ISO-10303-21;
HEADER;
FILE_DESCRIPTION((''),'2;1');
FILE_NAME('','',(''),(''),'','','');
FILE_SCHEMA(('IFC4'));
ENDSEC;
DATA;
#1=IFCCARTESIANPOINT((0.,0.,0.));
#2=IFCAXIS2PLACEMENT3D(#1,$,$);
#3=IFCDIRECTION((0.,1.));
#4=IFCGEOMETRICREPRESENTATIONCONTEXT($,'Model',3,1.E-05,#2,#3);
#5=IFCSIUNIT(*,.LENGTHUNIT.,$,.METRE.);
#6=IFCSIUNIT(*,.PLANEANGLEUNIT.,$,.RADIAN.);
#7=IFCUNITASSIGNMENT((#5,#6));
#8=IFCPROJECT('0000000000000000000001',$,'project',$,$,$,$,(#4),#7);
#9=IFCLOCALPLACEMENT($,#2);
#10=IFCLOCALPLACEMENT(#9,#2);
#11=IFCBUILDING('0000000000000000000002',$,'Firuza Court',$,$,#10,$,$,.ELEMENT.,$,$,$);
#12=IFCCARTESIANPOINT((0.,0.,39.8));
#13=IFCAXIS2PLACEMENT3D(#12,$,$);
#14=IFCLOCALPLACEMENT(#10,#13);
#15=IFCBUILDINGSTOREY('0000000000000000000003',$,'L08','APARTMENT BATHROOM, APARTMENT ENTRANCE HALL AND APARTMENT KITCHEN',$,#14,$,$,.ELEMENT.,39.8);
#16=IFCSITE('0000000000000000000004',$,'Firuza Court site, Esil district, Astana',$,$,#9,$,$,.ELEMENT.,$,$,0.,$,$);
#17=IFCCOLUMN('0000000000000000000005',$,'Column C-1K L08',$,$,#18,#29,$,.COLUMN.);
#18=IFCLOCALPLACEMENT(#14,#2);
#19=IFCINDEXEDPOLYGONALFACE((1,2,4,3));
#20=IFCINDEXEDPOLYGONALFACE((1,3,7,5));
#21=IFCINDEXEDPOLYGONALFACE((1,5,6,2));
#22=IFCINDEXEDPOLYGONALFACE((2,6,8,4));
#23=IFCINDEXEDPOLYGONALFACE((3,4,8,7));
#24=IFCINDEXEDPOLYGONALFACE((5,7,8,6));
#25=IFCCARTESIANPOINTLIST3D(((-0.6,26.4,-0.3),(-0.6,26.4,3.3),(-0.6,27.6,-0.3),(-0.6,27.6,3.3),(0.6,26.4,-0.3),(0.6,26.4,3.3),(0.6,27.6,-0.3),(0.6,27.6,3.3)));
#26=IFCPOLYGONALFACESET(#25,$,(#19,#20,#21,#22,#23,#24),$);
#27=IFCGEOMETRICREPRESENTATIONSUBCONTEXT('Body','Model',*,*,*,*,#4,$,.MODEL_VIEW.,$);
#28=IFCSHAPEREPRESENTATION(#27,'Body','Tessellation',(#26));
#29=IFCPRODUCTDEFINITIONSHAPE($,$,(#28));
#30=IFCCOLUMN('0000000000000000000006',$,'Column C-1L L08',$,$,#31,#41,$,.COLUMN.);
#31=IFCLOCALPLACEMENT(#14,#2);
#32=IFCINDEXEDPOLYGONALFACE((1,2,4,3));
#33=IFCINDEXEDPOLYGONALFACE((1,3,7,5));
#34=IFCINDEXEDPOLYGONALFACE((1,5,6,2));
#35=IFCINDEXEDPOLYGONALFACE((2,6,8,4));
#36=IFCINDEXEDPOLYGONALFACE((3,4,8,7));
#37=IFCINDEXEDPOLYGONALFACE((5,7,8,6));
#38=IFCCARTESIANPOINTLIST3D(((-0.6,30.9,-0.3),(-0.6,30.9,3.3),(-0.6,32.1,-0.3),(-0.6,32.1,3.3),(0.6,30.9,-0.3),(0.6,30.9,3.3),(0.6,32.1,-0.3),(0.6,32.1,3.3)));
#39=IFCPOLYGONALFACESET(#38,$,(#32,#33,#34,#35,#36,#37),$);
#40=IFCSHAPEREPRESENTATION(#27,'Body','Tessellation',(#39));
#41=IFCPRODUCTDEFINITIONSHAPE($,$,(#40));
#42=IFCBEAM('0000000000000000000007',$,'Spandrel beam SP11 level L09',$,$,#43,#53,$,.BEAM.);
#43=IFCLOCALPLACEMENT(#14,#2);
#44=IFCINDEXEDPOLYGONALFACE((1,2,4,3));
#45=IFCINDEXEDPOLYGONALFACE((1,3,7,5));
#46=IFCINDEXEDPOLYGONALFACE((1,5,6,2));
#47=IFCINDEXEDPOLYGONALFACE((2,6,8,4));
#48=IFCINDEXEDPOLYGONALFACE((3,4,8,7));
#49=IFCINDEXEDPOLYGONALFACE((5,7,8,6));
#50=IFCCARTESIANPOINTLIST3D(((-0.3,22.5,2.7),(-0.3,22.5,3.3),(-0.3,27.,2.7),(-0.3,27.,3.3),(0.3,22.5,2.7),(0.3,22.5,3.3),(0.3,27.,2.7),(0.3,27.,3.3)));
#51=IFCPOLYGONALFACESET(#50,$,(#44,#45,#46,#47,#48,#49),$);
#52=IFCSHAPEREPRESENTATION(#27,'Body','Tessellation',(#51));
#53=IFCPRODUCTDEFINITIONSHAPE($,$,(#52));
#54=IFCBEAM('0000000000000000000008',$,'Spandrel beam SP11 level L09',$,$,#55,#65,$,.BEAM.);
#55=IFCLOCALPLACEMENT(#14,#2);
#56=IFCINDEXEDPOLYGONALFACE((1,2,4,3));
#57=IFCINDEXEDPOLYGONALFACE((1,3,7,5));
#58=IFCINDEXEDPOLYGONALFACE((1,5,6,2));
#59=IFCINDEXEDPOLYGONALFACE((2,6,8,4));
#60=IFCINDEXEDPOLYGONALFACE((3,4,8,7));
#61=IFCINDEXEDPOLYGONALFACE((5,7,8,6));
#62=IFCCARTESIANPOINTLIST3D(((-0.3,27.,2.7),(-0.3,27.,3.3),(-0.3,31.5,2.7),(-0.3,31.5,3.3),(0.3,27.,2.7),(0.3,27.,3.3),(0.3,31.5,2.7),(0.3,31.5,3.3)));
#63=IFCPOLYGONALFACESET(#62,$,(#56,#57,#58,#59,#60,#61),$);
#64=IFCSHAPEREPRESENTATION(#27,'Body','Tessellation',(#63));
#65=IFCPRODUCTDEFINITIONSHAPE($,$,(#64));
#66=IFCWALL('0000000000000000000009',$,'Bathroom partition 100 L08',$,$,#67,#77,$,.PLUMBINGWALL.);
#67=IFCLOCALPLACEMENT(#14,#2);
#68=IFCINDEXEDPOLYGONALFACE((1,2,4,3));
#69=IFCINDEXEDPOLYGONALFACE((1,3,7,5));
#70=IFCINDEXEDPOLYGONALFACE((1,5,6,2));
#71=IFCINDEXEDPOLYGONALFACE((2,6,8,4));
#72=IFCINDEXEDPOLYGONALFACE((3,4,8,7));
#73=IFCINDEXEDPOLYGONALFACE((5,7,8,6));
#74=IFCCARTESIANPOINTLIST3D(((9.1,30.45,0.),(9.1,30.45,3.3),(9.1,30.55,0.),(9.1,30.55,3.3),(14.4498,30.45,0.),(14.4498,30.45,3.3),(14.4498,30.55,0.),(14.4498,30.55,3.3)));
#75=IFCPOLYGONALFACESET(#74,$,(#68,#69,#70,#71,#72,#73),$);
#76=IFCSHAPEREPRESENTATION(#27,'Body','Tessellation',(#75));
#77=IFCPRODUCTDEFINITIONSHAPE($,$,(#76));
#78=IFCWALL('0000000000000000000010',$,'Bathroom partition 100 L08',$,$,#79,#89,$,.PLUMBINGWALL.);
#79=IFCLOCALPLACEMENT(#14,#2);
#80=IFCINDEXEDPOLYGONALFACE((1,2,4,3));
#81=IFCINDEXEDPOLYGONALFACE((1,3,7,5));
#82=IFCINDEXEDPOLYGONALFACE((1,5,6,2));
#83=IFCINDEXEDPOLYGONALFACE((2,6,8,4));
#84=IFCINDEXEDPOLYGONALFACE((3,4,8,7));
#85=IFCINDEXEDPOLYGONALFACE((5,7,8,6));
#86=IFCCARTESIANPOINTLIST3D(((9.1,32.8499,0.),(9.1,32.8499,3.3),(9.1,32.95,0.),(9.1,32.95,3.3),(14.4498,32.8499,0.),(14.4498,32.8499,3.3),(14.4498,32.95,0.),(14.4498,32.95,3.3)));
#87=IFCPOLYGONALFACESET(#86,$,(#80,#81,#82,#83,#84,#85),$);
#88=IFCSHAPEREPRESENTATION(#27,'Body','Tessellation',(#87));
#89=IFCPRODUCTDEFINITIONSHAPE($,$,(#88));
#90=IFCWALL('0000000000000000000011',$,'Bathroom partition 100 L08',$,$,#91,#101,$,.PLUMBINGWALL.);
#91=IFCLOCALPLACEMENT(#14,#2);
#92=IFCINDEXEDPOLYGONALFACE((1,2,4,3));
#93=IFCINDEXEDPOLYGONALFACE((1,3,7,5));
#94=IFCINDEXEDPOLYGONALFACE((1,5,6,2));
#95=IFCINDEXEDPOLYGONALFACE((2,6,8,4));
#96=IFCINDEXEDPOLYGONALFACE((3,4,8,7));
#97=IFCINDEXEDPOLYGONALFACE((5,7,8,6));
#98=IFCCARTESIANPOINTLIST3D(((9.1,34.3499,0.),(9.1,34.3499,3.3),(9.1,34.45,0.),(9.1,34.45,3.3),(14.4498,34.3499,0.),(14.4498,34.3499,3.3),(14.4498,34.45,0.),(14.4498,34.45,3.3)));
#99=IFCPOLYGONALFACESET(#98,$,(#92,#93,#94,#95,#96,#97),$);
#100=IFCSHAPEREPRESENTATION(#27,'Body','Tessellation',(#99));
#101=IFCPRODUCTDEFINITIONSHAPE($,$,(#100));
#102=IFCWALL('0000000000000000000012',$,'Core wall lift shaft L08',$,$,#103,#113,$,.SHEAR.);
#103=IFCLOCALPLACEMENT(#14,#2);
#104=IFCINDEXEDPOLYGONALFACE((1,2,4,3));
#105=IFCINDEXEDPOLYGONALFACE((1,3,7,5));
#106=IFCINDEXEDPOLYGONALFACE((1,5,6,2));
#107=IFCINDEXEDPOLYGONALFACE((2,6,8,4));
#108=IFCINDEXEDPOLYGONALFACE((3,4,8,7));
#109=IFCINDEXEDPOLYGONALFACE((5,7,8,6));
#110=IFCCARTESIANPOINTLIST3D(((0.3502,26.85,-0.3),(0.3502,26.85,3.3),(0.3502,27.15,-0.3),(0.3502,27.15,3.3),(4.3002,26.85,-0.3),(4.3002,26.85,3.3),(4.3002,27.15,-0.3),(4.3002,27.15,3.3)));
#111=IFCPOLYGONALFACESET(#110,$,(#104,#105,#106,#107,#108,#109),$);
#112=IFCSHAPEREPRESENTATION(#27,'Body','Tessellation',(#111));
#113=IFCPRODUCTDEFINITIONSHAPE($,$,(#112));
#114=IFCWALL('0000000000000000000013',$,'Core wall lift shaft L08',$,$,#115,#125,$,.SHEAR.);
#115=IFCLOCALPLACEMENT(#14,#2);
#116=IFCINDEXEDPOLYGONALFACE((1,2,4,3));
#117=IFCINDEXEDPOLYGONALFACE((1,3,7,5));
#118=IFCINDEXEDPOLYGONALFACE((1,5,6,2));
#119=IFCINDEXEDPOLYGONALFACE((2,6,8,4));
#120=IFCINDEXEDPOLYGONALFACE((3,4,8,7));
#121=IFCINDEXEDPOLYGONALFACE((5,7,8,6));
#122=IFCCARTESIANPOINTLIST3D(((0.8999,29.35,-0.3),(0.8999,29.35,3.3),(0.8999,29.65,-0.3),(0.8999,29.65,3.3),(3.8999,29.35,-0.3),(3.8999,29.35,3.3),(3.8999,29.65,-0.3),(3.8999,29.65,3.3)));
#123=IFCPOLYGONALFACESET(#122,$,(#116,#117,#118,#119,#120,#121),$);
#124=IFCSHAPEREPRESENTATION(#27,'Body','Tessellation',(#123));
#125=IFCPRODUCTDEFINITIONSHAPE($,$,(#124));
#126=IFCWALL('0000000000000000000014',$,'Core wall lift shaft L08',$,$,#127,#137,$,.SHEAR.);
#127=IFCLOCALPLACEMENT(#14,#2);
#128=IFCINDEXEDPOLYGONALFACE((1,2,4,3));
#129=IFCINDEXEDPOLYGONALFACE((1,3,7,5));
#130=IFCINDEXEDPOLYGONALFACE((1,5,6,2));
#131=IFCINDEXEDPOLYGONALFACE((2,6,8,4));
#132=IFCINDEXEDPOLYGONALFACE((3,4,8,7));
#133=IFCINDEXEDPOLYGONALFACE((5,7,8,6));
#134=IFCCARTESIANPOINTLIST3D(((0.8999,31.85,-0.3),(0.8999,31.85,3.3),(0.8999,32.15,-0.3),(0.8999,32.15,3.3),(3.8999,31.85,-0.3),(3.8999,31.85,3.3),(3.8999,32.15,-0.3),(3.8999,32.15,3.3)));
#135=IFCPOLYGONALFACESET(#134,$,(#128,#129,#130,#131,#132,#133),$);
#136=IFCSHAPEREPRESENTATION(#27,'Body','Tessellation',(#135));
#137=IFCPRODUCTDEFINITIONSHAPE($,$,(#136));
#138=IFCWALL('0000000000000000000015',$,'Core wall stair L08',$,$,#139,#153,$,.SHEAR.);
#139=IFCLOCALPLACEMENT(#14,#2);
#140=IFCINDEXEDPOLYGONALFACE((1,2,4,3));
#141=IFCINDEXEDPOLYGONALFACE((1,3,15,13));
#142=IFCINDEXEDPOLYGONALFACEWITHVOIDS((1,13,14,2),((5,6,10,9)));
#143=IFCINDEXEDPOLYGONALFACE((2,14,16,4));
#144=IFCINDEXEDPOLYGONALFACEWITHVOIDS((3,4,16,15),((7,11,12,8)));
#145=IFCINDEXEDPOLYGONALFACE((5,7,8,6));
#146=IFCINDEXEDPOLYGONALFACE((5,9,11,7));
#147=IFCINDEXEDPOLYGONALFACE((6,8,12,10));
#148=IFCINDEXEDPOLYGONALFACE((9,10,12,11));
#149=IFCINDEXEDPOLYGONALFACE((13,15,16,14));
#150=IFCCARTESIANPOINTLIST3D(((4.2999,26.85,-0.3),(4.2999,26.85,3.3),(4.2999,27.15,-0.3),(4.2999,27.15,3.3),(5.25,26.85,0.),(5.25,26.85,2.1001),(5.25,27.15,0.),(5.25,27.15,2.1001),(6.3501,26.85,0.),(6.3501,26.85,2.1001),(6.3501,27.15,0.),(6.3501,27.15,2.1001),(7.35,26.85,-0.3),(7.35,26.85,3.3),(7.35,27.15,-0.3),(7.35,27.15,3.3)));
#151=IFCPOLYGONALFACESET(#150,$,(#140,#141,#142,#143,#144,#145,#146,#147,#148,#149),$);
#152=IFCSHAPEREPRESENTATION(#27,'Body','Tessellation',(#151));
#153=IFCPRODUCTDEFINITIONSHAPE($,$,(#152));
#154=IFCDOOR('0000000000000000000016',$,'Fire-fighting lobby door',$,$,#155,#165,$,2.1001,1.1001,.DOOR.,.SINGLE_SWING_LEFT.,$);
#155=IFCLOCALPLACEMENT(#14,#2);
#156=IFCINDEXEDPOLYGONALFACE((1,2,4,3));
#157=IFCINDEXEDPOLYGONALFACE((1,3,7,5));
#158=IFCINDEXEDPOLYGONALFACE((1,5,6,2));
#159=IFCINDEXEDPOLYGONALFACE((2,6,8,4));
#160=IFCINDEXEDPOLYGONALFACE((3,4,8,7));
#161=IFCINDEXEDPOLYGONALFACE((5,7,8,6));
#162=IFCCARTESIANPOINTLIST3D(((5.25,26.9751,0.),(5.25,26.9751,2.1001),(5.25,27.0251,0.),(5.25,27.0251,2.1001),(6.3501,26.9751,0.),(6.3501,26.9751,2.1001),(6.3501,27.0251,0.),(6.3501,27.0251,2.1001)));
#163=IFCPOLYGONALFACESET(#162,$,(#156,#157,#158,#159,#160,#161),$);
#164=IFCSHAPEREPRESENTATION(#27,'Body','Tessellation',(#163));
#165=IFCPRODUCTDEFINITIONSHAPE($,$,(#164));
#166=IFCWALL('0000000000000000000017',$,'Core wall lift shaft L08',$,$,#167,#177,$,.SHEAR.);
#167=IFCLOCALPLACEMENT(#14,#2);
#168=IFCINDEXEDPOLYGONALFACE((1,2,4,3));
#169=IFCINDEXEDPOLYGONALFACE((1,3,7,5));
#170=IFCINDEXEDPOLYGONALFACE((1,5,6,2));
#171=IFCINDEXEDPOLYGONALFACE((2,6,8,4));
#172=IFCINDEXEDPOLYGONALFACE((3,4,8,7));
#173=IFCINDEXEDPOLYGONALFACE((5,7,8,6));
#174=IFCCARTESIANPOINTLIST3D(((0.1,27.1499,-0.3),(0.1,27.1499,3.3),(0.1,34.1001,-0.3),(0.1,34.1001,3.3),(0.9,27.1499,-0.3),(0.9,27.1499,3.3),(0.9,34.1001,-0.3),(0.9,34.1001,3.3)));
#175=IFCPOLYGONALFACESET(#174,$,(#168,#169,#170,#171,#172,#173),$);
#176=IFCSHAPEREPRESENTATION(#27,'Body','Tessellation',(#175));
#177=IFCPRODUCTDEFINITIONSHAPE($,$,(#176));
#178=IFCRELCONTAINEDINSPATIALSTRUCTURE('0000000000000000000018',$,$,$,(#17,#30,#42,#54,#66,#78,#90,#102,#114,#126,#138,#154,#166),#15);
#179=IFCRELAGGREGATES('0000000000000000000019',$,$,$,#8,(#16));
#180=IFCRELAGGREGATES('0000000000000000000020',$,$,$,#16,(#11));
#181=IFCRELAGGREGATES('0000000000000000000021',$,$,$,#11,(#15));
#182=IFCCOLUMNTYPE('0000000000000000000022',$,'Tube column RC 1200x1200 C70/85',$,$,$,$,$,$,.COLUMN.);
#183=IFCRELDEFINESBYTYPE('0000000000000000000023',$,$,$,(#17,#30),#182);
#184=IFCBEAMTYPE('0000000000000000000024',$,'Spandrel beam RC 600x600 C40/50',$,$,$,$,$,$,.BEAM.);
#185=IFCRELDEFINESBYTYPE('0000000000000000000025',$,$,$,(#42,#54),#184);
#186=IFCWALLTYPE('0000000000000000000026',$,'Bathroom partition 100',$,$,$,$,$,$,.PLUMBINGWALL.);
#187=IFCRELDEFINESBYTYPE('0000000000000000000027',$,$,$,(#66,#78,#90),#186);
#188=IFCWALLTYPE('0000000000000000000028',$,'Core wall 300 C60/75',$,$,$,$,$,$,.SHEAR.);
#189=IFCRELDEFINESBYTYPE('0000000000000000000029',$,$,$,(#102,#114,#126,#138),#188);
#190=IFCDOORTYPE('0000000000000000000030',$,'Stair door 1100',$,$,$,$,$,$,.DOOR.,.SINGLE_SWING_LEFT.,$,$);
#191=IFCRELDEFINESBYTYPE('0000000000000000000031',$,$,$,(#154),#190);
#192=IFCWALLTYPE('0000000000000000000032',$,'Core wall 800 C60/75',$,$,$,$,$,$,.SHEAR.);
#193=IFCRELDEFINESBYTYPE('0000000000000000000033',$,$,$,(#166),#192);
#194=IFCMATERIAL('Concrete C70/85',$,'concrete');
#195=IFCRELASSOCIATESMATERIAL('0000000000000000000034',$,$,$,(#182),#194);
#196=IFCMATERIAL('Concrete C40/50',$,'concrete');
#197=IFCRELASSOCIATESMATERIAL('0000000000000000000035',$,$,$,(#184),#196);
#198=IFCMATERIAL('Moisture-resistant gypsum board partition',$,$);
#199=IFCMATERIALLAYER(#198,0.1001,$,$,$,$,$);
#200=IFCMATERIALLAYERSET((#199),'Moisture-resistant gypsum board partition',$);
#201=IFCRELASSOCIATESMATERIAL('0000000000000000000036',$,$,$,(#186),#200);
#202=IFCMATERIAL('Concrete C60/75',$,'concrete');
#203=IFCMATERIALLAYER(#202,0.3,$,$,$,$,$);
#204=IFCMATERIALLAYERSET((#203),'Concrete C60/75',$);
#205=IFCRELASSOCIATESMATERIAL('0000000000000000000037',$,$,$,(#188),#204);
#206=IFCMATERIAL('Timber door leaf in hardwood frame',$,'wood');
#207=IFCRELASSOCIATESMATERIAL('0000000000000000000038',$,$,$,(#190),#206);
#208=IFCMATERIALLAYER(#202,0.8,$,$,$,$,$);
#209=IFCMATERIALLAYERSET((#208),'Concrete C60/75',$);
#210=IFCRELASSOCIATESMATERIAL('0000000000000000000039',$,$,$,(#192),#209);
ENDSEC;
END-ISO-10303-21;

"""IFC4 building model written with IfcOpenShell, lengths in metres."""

from ifc_helpers import new_model, si_unit, direction, frame, frame_2d, origin, origin_2d, place, context, subcontext, project, spatial, rectangle, extrude, material, layer, layer_set, material_profile, profile_set, type_object, element, fill, save


model = new_model("IFC4")

# Units and contexts
model_context = context("Model", 3, precision=1e-05, world=origin(), true_north=direction((0.0, 1.0)))
body_context = subcontext(model_context, "Body", "Model", "MODEL_VIEW")
ifc_project = project(units=[si_unit("LENGTHUNIT", "METRE"), si_unit("PLANEANGLEUNIT", "RADIAN")], contexts=[model_context])

# Site, building, storey
site_placement = place(None, origin())
site = spatial("IfcSite", under=ifc_project, at=site_placement, Name="Firuza Court site, Esil district, Astana", CompositionType="ELEMENT", RefElevation=0.0)
building_placement = place(site_placement, origin())
building = spatial("IfcBuilding", under=site, at=building_placement, Name="Firuza Court", CompositionType="ELEMENT")
storey_placement = place(building_placement, frame((0.0, 0.0, 39.8)))
storey = spatial("IfcBuildingStorey", under=building, at=storey_placement, Name="L08", Description="APARTMENT BATHROOM, APARTMENT ENTRANCE HALL AND APARTMENT KITCHEN", CompositionType="ELEMENT", Elevation=39.8)

# Columns
ifc_material_1 = material(Name="Concrete C70/85", Category="concrete")
ifc_material_profile_1 = material_profile(ifc_material_1, rectangle(XDim=1.2, YDim=1.2, at=origin_2d()), Name="RC 1200x1200")
ifc_profile_set_1 = profile_set([ifc_material_profile_1], Name="Concrete C70/85")
column_type = type_object("IfcColumnType", Name="Tube column RC 1200x1200 C70/85", PredefinedType="COLUMN", material=ifc_profile_set_1)
for number, where, z_axis, x_axis, name in (
    (1, (0.0, 27.0, -0.3), (0.0, 0.0, 1.0), (1.0, 0.0, 0.0), "Column C-1K L08"),
    (2, (0.0, 31.5, -0.3), (0.0, 0.0, 1.0), (1.0, 0.0, 0.0), "Column C-1L L08"),
):
    element("IfcColumn", number, at=place(storey_placement, frame(where, z_axis=z_axis, x_axis=x_axis)), inside=storey, type_object=column_type, Name=name, PredefinedType="COLUMN", context=body_context, shape_type="SweptSolid", body=[
        extrude(rectangle(XDim=1.2, YDim=1.2, at=origin_2d()), origin(), (0.0, 0.0, 1.0), 3.6001),
    ])

# Beams
ifc_material_2 = material(Name="Concrete C40/50", Category="concrete")
ifc_material_profile_2 = material_profile(ifc_material_2, rectangle(XDim=0.6001, YDim=0.6001, at=origin_2d()), Name="RC 600x600")
ifc_profile_set_2 = profile_set([ifc_material_profile_2], Name="Concrete C40/50")
beam_type = type_object("IfcBeamType", Name="Spandrel beam RC 600x600 C40/50", PredefinedType="BEAM", material=ifc_profile_set_2)
for number, where, z_axis, x_axis, name in (
    (3, (0.0, 27.0, 3.0), (0.0, -1.0, 0.0), (1.0, 0.0, 0.0), "Spandrel beam SP11 level L09"),
    (4, (0.0, 31.5, 3.0), (0.0, -1.0, 0.0), (1.0, 0.0, 0.0), "Spandrel beam SP11 level L09"),
):
    element("IfcBeam", number, at=place(storey_placement, frame(where, z_axis=z_axis, x_axis=x_axis)), inside=storey, type_object=beam_type, Name=name, PredefinedType="BEAM", context=body_context, shape_type="SweptSolid", body=[
        extrude(rectangle(XDim=0.6001, YDim=0.6001, at=origin_2d()), origin(), (0.0, 0.0, 1.0), 4.5),
    ])

# Walls
ifc_material_3 = material(Name="Moisture-resistant gypsum board partition")
ifc_layer_1 = layer(ifc_material_3, 0.1001)
ifc_layer_set_1 = layer_set([ifc_layer_1], Name="Moisture-resistant gypsum board partition")
wall_type_1 = type_object("IfcWallType", Name="Bathroom partition 100", PredefinedType="PLUMBINGWALL", material=ifc_layer_set_1)
for number, where, z_axis, x_axis, name in (
    (5, (9.1001, 30.5, 0.0), (0.0, 0.0, 1.0), (1.0, 0.0, 0.0), "Bathroom partition 100 L08"),
    (6, (9.1001, 32.8999, 0.0), (0.0, 0.0, 1.0), (1.0, 0.0, 0.0), "Bathroom partition 100 L08"),
    (7, (9.1001, 34.3999, 0.0), (0.0, 0.0, 1.0), (1.0, 0.0, 0.0), "Bathroom partition 100 L08"),
):
    element("IfcWall", number, at=place(storey_placement, frame(where, z_axis=z_axis, x_axis=x_axis)), inside=storey, type_object=wall_type_1, Name=name, PredefinedType="PLUMBINGWALL", context=body_context, shape_type="SweptSolid", body=[
        extrude(rectangle(XDim=5.3499, YDim=0.1001, at=frame_2d((2.6748, 0.0))), origin(), (0.0, 0.0, 1.0), 3.3),
    ])
ifc_material_4 = material(Name="Concrete C60/75", Category="concrete")
ifc_layer_2 = layer(ifc_material_4, 0.3)
ifc_layer_set_2 = layer_set([ifc_layer_2], Name="Concrete C60/75")
wall_type_2 = type_object("IfcWallType", Name="Core wall 300 C60/75", PredefinedType="SHEAR", material=ifc_layer_set_2)
wall_1_placement = place(storey_placement, frame((0.3501, 27.0, -0.3), z_axis=(0.0, 0.0, 1.0), x_axis=(1.0, 0.0, 0.0)))
element("IfcWall", 8, at=wall_1_placement, inside=storey, type_object=wall_type_2, Name="Core wall lift shaft L08", PredefinedType="SHEAR", context=body_context, shape_type="SweptSolid", body=[
    extrude(rectangle(XDim=3.95, YDim=0.3, at=frame_2d((1.9751, 0.0))), origin(), (0.0, 0.0, 1.0), 3.6001),
])
for number, where, z_axis, x_axis, name in (
    (9, (0.8999, 29.5, -0.3), (0.0, 0.0, 1.0), (1.0, 0.0, 0.0), "Core wall lift shaft L08"),
    (10, (0.8999, 32.0, -0.3), (0.0, 0.0, 1.0), (1.0, 0.0, 0.0), "Core wall lift shaft L08"),
):
    element("IfcWall", number, at=place(storey_placement, frame(where, z_axis=z_axis, x_axis=x_axis)), inside=storey, type_object=wall_type_2, Name=name, PredefinedType="SHEAR", context=body_context, shape_type="SweptSolid", body=[
        extrude(rectangle(XDim=3.0, YDim=0.3, at=frame_2d((1.5, 0.0))), origin(), (0.0, 0.0, 1.0), 3.6001),
    ])

# Wall, opening, door
wall_2_placement = place(storey_placement, frame((4.3, 27.0, -0.3), z_axis=(0.0, 0.0, 1.0), x_axis=(1.0, 0.0, 0.0)))
wall_2 = element("IfcWall", 11, at=wall_2_placement, inside=storey, type_object=wall_type_2, Name="Core wall stair L08", PredefinedType="SHEAR", context=body_context, shape_type="SweptSolid", body=[
    extrude(rectangle(XDim=3.05, YDim=0.3, at=frame_2d((1.5249, 0.0))), origin(), (0.0, 0.0, 1.0), 3.6001),
])
opening_1_placement = place(wall_2_placement, frame((0.95, 0.0, 0.3)))
opening_1 = element("IfcOpeningElement", 12, at=opening_1_placement, cuts=wall_2, PredefinedType="OPENING", context=body_context, shape_type="SweptSolid", body=[
    extrude(rectangle(XDim=1.1001, YDim=2.1001, at=frame_2d((0.55, 1.05))), frame((0.0, 0.1621, 0.0), z_axis=(0.0, -1.0, 0.0), x_axis=(1.0, 0.0, 0.0)), (0.0, 0.0, 1.0), 0.324),
])
ifc_material_5 = material(Name="Timber door leaf in hardwood frame", Category="wood")
door_type_1 = type_object("IfcDoorType", Name="Stair door 1100", OperationType="SINGLE_SWING_LEFT", PredefinedType="DOOR", material=ifc_material_5)
door_1_placement = place(opening_1_placement, frame((1.1001, 0.0, 0.0), z_axis=(0.0, 0.0, 1.0), x_axis=(-1.0, 0.0, 0.0)))
door_1 = element("IfcDoor", 13, at=door_1_placement, inside=storey, type_object=door_type_1, Name="Fire-fighting lobby door", OperationType="SINGLE_SWING_LEFT", OverallHeight=2.1001, OverallWidth=1.1001, PredefinedType="DOOR", context=body_context, shape_type="SweptSolid", body=[
    extrude(rectangle(XDim=1.1001, YDim=2.1001, at=frame_2d((0.55, 1.05))), frame((0.0, 0.0249, 0.0), z_axis=(0.0, -1.0, 0.0), x_axis=(1.0, 0.0, 0.0)), (0.0, 0.0, 1.0), 0.05),
])
fill(opening_1, door_1)

# Wall
ifc_layer_3 = layer(ifc_material_4, 0.8)
ifc_layer_set_3 = layer_set([ifc_layer_3], Name="Concrete C60/75")
wall_type_3 = type_object("IfcWallType", Name="Core wall 800 C60/75", PredefinedType="SHEAR", material=ifc_layer_set_3)
wall_3_placement = place(storey_placement, frame((0.5, 27.1499, -0.3), z_axis=(0.0, 0.0, 1.0), x_axis=(0.0, 1.0, 0.0)))
element("IfcWall", 14, at=wall_3_placement, inside=storey, type_object=wall_type_3, Name="Core wall lift shaft L08", PredefinedType="SHEAR", context=body_context, shape_type="SweptSolid", body=[
    extrude(rectangle(XDim=6.9502, YDim=0.8, at=frame_2d((3.4751, 0.0))), origin(), (0.0, 0.0, 1.0), 3.6001),
])

save(model, "model.ifc")
